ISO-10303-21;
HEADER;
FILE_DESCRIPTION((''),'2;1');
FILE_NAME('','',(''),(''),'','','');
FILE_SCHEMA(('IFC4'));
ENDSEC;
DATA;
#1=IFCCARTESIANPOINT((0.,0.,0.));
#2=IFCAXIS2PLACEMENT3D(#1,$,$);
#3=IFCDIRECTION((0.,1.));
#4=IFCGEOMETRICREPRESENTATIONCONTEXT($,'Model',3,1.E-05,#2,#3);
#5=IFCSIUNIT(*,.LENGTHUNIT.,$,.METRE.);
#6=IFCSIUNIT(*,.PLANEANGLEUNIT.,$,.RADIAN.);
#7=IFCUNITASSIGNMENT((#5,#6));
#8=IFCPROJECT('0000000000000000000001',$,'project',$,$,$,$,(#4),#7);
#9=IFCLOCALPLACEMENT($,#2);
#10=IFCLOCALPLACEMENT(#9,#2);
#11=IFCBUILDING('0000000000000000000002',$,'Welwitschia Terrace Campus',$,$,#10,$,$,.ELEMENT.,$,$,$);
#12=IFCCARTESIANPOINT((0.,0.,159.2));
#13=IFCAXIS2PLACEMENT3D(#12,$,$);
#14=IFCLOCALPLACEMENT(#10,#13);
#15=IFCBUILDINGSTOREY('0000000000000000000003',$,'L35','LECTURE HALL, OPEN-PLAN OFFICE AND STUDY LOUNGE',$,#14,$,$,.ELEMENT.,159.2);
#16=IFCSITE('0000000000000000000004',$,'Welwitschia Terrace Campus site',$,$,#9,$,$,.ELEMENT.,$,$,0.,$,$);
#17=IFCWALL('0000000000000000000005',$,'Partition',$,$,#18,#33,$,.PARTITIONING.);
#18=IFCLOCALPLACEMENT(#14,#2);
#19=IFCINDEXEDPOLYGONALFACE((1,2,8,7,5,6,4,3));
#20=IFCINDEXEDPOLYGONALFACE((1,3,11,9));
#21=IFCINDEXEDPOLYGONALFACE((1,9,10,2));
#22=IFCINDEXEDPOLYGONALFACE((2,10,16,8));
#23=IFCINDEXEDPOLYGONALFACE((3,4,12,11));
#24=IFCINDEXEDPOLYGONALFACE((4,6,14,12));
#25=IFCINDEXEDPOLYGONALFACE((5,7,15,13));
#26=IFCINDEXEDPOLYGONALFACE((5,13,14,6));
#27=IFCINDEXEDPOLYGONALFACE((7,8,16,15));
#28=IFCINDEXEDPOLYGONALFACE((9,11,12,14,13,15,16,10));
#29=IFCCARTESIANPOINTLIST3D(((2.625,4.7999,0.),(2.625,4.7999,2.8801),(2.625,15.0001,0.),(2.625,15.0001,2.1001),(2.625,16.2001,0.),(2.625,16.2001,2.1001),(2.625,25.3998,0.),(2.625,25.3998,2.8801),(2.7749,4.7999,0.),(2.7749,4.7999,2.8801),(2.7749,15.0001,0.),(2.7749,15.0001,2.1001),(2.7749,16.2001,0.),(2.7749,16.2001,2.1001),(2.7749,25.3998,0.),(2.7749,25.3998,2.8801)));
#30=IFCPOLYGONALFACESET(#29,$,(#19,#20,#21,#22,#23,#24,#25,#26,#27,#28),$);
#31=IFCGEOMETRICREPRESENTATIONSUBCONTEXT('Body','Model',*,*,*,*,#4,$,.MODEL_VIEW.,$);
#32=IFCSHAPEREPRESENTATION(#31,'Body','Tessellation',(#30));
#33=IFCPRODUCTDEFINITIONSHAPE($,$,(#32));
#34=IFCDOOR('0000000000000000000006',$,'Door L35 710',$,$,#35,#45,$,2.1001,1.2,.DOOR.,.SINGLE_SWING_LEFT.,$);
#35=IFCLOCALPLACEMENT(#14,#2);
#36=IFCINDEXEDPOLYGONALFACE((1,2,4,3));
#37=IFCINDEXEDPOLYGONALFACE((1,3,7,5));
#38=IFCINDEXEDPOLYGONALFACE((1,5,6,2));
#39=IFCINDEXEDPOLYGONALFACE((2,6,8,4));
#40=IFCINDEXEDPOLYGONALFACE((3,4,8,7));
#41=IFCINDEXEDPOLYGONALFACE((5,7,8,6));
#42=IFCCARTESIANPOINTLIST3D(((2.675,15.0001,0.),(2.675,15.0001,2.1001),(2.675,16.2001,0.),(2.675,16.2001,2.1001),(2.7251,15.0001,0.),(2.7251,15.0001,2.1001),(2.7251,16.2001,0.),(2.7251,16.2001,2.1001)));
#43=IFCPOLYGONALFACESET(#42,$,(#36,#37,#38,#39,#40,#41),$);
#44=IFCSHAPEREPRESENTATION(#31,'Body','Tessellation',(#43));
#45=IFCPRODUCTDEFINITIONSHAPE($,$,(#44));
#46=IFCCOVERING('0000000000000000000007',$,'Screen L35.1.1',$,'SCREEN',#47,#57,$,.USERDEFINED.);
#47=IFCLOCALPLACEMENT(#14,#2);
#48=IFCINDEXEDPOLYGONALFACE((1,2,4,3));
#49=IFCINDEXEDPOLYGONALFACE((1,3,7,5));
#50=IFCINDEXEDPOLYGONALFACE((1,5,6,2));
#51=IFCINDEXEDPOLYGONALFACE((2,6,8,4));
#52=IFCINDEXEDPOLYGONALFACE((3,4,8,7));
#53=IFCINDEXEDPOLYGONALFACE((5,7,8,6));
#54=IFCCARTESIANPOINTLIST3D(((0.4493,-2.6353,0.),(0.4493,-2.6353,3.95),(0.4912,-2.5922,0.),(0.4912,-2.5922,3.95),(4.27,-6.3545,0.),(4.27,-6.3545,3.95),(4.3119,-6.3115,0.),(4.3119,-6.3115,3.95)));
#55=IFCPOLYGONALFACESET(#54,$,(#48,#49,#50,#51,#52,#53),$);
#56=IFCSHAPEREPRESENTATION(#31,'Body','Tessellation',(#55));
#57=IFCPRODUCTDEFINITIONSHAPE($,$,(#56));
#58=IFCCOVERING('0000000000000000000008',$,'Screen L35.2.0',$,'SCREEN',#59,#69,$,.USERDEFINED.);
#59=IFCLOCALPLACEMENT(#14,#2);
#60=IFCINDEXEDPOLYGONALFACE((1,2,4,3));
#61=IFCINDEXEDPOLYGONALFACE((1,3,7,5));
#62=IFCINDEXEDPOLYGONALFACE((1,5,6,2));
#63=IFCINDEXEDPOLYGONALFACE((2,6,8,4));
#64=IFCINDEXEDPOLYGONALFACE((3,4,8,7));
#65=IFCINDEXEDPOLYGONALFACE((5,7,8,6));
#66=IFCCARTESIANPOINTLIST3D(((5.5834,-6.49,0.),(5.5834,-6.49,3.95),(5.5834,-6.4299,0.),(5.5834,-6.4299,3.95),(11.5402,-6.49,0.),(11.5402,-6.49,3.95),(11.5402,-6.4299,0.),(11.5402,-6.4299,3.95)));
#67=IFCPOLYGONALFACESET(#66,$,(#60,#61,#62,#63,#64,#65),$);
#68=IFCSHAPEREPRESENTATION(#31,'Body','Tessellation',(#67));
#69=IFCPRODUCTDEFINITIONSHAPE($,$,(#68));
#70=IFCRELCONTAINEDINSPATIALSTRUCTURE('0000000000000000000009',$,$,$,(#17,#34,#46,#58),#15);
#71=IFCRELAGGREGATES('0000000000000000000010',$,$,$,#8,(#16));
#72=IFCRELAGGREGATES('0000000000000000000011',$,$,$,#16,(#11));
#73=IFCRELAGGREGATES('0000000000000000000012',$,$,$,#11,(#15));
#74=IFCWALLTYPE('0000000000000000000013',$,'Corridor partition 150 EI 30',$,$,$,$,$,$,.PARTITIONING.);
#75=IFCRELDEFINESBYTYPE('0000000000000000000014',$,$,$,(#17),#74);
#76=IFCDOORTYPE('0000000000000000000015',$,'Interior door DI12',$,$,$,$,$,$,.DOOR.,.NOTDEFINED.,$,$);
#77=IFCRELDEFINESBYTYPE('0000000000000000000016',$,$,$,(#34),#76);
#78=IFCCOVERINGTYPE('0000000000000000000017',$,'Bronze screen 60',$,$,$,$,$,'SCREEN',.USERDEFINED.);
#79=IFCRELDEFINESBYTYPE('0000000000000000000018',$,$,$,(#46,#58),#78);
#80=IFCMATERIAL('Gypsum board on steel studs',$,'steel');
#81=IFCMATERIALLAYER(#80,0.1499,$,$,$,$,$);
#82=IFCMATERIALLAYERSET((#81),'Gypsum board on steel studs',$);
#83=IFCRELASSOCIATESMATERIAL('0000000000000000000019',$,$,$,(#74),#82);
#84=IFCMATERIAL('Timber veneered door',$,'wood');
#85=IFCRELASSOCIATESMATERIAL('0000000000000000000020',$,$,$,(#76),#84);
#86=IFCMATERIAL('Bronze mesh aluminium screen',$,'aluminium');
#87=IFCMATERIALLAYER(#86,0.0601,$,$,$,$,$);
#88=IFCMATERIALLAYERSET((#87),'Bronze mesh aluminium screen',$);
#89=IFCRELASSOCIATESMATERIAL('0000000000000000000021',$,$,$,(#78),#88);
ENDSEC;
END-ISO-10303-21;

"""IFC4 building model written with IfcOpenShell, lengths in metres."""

from ifc_helpers import new_model, si_unit, direction, frame, frame_2d, origin, origin_2d, place, context, subcontext, project, spatial, rectangle, extrude, material, layer, layer_set, type_object, element, fill, save


model = new_model("IFC4")

# Units and contexts
model_context = context("Model", 3, precision=1e-05, world=origin(), true_north=direction((0.0, 1.0)))
body_context = subcontext(model_context, "Body", "Model", "MODEL_VIEW")
ifc_project = project(units=[si_unit("LENGTHUNIT", "METRE"), si_unit("PLANEANGLEUNIT", "RADIAN")], contexts=[model_context])

# Site, building, storey
site_placement = place(None, origin())
site = spatial("IfcSite", under=ifc_project, at=site_placement, Name="Welwitschia Terrace Campus site", CompositionType="ELEMENT", RefElevation=0.0)
building_placement = place(site_placement, origin())
building = spatial("IfcBuilding", under=site, at=building_placement, Name="Welwitschia Terrace Campus", CompositionType="ELEMENT")
storey_placement = place(building_placement, frame((0.0, 0.0, 159.2)))
storey = spatial("IfcBuildingStorey", under=building, at=storey_placement, Name="L35", Description="LECTURE HALL, OPEN-PLAN OFFICE AND STUDY LOUNGE", CompositionType="ELEMENT", Elevation=159.2)

# Shared definitions
ifc_material_1 = material(Name="Gypsum board on steel studs", Category="steel")
ifc_layer_1 = layer(ifc_material_1, 0.1499)
ifc_layer_set_1 = layer_set([ifc_layer_1], Name="Gypsum board on steel studs")
wall_type_1 = type_object("IfcWallType", Name="Corridor partition 150 EI 30", PredefinedType="PARTITIONING", material=ifc_layer_set_1)

# Wall, opening, door
wall_1_placement = place(storey_placement, frame((2.7, 4.8, 0.0), z_axis=(0.0, 0.0, 1.0), x_axis=(0.0, 1.0, 0.0)))
wall_1 = element("IfcWall", 1, at=wall_1_placement, inside=storey, type_object=wall_type_1, Name="Partition", PredefinedType="PARTITIONING", context=body_context, shape_type="SweptSolid", body=[
    extrude(rectangle(XDim=20.5999, YDim=0.1499, at=frame_2d((10.2998, 0.0))), origin(), (0.0, 0.0, 1.0), 2.8801),
])
opening_1_placement = place(wall_1_placement, frame((10.2, 0.0, 0.0)))
opening_1 = element("IfcOpeningElement", 2, at=opening_1_placement, cuts=wall_1, PredefinedType="OPENING", context=body_context, shape_type="SweptSolid", body=[
    extrude(rectangle(XDim=1.2, YDim=2.1001, at=frame_2d((0.6001, 1.05))), frame((0.0, 0.085, 0.0), z_axis=(0.0, -1.0, 0.0), x_axis=(1.0, 0.0, 0.0)), (0.0, 0.0, 1.0), 0.1699),
])
ifc_material_2 = material(Name="Timber veneered door", Category="wood")
door_type_1 = type_object("IfcDoorType", Name="Interior door DI12", OperationType="NOTDEFINED", PredefinedType="DOOR", material=ifc_material_2)
door_1_placement = place(opening_1_placement, origin())
door_1 = element("IfcDoor", 3, at=door_1_placement, inside=storey, type_object=door_type_1, Name="Door L35 710", OperationType="SINGLE_SWING_LEFT", OverallHeight=2.1001, OverallWidth=1.2, PredefinedType="DOOR", context=body_context, shape_type="SweptSolid", body=[
    extrude(rectangle(XDim=1.2, YDim=2.1001, at=frame_2d((0.6001, 1.05))), frame((0.0, 0.0249, 0.0), z_axis=(0.0, -1.0, 0.0), x_axis=(1.0, 0.0, 0.0)), (0.0, 0.0, 1.0), 0.05),
])
fill(opening_1, door_1)

# Coverings
ifc_material_3 = material(Name="Bronze mesh aluminium screen", Category="aluminium")
ifc_layer_2 = layer(ifc_material_3, 0.0601)
ifc_layer_set_2 = layer_set([ifc_layer_2], Name="Bronze mesh aluminium screen")
covering_type = type_object("IfcCoveringType", Name="Bronze screen 60", ElementType="SCREEN", PredefinedType="USERDEFINED", material=ifc_layer_set_2)
covering_1_placement = place(storey_placement, frame((2.3806, -4.4734, 0.0), z_axis=(0.0, 0.0, 1.0), x_axis=(0.716556, -0.69753, 0.0)))
element("IfcCovering", 4, at=covering_1_placement, inside=storey, type_object=covering_type, Name="Screen L35.1.1", ObjectType="SCREEN", PredefinedType="USERDEFINED", context=body_context, shape_type="SweptSolid", body=[
    extrude(rectangle(XDim=5.332, YDim=0.0601, at=origin_2d()), origin(), (0.0, 0.0, 1.0), 3.95),
])
covering_2_placement = place(storey_placement, frame((8.5618, -6.46, 0.0), z_axis=(0.0, 0.0, 1.0), x_axis=(1.0, 0.0, 0.0)))
element("IfcCovering", 5, at=covering_2_placement, inside=storey, type_object=covering_type, Name="Screen L35.2.0", ObjectType="SCREEN", PredefinedType="USERDEFINED", context=body_context, shape_type="SweptSolid", body=[
    extrude(rectangle(XDim=5.9568, YDim=0.0601, at=origin_2d()), origin(), (0.0, 0.0, 1.0), 3.95),
])

save(model, "model.ifc")
